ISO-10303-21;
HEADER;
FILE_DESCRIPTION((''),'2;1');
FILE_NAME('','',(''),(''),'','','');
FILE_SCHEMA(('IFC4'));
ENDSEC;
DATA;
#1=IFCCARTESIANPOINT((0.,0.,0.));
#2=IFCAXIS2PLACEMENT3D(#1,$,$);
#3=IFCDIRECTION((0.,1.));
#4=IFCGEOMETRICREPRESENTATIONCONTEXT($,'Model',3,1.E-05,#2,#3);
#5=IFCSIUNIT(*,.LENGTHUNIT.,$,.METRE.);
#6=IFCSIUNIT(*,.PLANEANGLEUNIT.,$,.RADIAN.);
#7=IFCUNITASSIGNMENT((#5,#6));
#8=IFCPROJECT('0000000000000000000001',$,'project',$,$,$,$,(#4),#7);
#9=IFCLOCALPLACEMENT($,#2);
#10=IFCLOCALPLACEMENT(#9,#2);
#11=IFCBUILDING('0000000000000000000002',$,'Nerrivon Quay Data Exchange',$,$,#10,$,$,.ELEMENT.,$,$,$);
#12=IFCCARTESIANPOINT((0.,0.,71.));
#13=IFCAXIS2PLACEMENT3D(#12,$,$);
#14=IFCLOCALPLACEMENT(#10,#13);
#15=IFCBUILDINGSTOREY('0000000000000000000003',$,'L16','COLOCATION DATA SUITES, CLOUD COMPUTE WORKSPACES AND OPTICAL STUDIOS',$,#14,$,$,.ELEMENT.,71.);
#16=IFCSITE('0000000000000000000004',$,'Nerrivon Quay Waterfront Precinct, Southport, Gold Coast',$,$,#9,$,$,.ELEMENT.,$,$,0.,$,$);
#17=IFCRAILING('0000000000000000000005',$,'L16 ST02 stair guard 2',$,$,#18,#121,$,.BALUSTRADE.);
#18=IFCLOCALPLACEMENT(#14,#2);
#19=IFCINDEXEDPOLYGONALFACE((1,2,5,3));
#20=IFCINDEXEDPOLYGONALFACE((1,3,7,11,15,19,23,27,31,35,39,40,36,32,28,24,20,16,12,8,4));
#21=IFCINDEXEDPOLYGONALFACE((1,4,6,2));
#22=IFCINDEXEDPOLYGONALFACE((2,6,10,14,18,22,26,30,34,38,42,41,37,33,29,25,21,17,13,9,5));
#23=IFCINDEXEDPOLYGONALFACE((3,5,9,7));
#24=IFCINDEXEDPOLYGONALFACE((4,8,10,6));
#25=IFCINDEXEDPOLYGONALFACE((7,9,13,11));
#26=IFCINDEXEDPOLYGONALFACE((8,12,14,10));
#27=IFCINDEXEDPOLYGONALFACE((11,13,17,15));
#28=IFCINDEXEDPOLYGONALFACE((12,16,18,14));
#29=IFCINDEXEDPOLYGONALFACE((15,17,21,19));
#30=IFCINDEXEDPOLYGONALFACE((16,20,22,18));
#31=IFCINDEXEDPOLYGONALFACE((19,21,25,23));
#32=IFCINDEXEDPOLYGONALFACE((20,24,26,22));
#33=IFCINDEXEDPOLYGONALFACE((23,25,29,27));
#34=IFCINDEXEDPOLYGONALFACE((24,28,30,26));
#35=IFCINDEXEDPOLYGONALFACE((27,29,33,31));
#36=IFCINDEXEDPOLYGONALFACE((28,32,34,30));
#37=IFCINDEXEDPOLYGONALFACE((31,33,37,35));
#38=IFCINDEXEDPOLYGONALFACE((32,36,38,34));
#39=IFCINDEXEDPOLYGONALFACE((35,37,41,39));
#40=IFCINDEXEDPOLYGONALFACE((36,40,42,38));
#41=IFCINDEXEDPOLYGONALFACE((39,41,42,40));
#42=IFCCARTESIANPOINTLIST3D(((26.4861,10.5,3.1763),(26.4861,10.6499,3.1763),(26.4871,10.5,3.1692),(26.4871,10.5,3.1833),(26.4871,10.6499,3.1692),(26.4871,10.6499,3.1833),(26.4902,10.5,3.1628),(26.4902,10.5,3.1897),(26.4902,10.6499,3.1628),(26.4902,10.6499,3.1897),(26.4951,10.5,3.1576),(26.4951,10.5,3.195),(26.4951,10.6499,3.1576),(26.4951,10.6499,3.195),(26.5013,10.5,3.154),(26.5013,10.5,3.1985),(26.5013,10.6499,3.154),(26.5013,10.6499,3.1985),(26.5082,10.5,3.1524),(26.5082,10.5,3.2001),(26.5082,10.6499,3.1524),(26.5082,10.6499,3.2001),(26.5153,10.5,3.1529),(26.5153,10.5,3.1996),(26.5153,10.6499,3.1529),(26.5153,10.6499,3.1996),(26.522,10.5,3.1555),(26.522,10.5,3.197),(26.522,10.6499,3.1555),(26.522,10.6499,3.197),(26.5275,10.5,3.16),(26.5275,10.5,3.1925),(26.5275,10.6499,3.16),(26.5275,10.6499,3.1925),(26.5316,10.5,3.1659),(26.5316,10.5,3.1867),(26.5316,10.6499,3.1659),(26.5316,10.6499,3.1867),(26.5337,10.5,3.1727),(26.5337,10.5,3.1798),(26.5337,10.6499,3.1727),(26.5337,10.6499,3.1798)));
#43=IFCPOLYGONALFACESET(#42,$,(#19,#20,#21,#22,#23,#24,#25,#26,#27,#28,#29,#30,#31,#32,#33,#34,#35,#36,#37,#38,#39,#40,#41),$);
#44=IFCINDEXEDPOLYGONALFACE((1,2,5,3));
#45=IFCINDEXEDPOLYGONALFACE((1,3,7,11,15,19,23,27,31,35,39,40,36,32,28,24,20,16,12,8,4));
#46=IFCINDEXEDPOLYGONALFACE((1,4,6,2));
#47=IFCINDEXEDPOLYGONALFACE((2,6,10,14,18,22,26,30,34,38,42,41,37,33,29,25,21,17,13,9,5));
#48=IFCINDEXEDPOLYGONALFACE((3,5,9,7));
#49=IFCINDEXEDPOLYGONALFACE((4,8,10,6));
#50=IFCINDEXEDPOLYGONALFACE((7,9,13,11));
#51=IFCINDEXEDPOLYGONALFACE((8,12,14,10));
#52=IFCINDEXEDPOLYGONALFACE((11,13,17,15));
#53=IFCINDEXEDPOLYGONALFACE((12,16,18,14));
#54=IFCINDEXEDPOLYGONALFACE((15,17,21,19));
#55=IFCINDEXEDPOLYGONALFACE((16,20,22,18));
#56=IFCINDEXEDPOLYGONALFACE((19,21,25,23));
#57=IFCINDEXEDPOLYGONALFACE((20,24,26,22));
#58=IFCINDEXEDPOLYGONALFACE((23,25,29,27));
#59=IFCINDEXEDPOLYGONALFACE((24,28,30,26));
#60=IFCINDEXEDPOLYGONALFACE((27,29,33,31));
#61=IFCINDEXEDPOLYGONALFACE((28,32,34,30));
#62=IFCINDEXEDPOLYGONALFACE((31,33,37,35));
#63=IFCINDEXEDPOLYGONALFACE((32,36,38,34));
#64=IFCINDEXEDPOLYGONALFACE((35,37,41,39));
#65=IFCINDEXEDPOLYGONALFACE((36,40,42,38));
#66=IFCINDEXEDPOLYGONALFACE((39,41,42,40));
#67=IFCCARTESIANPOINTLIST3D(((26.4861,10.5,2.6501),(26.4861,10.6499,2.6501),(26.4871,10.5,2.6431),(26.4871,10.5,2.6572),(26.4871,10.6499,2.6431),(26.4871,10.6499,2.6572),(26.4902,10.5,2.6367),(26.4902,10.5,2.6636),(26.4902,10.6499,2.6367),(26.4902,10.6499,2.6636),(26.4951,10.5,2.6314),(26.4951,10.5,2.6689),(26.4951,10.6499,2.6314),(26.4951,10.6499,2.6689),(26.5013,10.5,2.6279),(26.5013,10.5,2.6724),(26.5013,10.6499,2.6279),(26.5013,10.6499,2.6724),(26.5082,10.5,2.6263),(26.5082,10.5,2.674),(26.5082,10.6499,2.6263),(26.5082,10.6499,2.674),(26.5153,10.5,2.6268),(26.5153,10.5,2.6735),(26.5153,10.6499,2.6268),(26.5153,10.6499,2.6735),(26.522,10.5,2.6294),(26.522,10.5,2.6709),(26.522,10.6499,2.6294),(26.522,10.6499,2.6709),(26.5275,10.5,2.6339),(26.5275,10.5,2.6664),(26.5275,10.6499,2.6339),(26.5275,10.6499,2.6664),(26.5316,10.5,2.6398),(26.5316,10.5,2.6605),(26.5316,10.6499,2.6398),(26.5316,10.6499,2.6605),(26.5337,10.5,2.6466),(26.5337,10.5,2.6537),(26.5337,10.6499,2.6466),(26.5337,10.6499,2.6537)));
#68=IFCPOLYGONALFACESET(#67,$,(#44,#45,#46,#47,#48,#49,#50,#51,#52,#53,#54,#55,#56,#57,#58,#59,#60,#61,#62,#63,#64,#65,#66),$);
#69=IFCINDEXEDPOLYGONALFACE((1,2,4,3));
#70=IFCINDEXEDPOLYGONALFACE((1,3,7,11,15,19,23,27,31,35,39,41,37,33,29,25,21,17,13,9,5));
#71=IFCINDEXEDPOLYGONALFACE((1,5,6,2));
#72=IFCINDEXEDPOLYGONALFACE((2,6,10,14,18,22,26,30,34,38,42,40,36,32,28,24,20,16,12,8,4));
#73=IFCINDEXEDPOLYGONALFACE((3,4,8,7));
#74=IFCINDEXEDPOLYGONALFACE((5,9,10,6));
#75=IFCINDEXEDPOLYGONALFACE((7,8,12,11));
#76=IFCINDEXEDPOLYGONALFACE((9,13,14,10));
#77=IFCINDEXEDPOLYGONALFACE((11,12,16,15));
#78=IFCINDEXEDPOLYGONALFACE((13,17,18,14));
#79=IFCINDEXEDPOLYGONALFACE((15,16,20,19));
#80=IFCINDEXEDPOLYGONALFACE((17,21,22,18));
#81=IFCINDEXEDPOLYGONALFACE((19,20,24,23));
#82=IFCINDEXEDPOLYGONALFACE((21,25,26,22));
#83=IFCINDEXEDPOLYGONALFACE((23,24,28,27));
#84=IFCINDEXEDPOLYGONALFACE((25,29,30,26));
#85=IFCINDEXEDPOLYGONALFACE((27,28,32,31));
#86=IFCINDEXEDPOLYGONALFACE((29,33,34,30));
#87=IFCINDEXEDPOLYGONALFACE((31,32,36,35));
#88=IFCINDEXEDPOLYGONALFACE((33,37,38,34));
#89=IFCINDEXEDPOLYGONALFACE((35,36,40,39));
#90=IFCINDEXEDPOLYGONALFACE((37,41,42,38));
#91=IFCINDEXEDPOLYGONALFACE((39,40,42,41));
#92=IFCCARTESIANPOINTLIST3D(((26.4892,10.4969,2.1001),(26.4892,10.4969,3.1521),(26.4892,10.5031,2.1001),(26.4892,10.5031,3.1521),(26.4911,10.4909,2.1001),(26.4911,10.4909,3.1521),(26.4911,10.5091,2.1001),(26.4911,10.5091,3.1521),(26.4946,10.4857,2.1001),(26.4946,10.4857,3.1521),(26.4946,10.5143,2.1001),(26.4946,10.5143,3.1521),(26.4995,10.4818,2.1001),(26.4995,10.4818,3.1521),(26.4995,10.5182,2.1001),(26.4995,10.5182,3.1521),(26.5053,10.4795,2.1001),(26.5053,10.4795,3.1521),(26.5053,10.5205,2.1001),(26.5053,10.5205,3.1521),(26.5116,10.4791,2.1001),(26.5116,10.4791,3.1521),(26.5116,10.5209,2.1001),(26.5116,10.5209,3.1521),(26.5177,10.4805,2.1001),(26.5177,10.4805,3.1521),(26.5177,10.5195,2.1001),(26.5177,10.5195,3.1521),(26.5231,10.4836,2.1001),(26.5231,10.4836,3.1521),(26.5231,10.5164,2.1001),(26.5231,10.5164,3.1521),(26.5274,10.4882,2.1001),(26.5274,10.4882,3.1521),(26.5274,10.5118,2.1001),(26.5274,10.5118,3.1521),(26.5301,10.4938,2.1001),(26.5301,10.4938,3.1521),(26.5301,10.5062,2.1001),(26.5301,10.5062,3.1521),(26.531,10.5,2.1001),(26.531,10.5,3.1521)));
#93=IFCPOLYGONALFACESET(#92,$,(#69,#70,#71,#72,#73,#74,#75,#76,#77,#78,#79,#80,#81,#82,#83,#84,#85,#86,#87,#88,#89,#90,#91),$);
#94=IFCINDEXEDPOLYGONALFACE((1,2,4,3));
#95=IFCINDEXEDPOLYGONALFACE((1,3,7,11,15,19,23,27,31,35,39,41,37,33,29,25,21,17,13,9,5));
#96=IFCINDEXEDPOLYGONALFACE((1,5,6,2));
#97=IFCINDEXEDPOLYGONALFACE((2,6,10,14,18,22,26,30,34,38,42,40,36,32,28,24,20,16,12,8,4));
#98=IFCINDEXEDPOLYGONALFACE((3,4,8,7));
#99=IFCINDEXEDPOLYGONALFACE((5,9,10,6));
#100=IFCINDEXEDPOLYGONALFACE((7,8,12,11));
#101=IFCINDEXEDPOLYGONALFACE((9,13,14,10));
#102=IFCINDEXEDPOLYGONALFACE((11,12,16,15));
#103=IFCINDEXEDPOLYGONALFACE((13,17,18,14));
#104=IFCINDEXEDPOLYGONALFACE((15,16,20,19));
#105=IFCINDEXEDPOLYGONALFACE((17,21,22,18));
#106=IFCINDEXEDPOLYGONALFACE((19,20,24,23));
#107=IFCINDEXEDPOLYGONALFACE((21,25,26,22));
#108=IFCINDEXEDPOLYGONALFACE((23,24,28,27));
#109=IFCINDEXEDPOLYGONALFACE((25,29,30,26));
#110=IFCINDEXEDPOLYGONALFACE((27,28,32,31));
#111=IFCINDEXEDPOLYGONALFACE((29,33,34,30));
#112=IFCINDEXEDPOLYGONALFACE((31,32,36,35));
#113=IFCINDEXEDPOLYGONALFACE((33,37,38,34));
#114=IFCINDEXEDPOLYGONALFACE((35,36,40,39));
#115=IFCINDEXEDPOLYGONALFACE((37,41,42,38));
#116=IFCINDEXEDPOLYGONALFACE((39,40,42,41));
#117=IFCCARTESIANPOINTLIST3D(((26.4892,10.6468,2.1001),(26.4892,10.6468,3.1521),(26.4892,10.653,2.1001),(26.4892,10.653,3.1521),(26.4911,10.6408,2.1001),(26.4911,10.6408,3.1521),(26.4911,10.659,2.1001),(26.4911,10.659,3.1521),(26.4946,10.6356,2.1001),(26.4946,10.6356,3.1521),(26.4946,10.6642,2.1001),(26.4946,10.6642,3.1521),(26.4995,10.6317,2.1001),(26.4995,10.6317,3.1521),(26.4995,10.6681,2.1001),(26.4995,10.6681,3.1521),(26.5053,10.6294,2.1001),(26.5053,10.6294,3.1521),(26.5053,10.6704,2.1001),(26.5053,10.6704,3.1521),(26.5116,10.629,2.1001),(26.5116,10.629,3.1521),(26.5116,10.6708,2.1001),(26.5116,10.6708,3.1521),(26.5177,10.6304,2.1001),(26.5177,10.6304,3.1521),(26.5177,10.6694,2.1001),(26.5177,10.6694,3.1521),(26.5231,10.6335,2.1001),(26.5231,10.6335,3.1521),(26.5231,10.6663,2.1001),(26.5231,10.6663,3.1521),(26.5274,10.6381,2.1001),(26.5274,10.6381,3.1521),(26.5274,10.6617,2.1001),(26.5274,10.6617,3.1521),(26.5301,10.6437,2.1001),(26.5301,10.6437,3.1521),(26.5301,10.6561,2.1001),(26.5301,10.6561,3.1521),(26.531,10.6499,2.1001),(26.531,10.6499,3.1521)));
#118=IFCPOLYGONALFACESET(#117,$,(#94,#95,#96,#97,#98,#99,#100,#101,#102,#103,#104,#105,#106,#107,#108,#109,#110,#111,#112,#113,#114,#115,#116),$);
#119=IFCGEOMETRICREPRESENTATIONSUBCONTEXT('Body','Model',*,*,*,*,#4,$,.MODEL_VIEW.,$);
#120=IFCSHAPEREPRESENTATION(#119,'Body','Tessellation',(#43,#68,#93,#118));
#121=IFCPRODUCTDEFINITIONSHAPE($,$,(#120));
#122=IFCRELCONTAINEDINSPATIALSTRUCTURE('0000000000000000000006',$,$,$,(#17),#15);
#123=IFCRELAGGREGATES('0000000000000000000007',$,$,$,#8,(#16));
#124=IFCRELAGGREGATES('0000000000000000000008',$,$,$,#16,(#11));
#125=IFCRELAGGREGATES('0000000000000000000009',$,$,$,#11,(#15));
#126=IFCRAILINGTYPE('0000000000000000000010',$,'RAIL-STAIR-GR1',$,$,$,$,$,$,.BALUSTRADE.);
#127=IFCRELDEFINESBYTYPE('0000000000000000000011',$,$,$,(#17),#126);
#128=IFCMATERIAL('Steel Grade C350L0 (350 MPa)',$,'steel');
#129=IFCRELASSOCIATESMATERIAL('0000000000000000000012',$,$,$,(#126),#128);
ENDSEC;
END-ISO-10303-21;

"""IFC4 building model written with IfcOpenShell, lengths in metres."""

from ifc_helpers import new_model, si_unit, direction, frame, origin, origin_2d, place, context, subcontext, project, spatial, circle, extrude, material, type_object, element, save


model = new_model("IFC4")

# Units and contexts
model_context = context("Model", 3, precision=1e-05, world=origin(), true_north=direction((0.0, 1.0)))
body_context = subcontext(model_context, "Body", "Model", "MODEL_VIEW")
ifc_project = project(units=[si_unit("LENGTHUNIT", "METRE"), si_unit("PLANEANGLEUNIT", "RADIAN")], contexts=[model_context])

# Site, building, storey
site_placement = place(None, origin())
site = spatial("IfcSite", under=ifc_project, at=site_placement, Name="Nerrivon Quay Waterfront Precinct, Southport, Gold Coast", CompositionType="ELEMENT", RefElevation=0.0)
building_placement = place(site_placement, origin())
building = spatial("IfcBuilding", under=site, at=building_placement, Name="Nerrivon Quay Data Exchange", CompositionType="ELEMENT")
storey_placement = place(building_placement, frame((0.0, 0.0, 71.0)))
storey = spatial("IfcBuildingStorey", under=building, at=storey_placement, Name="L16", Description="COLOCATION DATA SUITES, CLOUD COMPUTE WORKSPACES AND OPTICAL STUDIOS", CompositionType="ELEMENT", Elevation=71.0)

# Railing
ifc_material_1 = material(Name="Steel Grade C350L0 (350 MPa)", Category="steel")
railing_type_1 = type_object("IfcRailingType", Name="RAIL-STAIR-GR1", PredefinedType="BALUSTRADE", material=ifc_material_1)
railing_1_placement = place(storey_placement, frame((26.51, 10.5, 2.1001)))
element("IfcRailing", 1, at=railing_1_placement, inside=storey, type_object=railing_type_1, Name="L16 ST02 stair guard 2", PredefinedType="BALUSTRADE", context=body_context, shape_type="SweptSolid", body=[
    extrude(circle(Radius=0.0239, at=origin_2d()), frame((0.0, 0.0, 1.0762), z_axis=(0.0, 1.0, 0.0), x_axis=(-1.0, 0.0, 0.0)), (0.0, 0.0, 1.0), 0.1499),
    extrude(circle(Radius=0.0239, at=origin_2d()), frame((0.0, 0.0, 0.55), z_axis=(0.0, 1.0, 0.0), x_axis=(-1.0, 0.0, 0.0)), (0.0, 0.0, 1.0), 0.1499),
    extrude(circle(Radius=0.021, at=origin_2d()), origin(), (0.0, 0.0, 1.0), 1.052),
    extrude(circle(Radius=0.021, at=origin_2d()), frame((0.0, 0.1499, 0.0)), (0.0, 0.0, 1.0), 1.052),
])

save(model, "model.ifc")
